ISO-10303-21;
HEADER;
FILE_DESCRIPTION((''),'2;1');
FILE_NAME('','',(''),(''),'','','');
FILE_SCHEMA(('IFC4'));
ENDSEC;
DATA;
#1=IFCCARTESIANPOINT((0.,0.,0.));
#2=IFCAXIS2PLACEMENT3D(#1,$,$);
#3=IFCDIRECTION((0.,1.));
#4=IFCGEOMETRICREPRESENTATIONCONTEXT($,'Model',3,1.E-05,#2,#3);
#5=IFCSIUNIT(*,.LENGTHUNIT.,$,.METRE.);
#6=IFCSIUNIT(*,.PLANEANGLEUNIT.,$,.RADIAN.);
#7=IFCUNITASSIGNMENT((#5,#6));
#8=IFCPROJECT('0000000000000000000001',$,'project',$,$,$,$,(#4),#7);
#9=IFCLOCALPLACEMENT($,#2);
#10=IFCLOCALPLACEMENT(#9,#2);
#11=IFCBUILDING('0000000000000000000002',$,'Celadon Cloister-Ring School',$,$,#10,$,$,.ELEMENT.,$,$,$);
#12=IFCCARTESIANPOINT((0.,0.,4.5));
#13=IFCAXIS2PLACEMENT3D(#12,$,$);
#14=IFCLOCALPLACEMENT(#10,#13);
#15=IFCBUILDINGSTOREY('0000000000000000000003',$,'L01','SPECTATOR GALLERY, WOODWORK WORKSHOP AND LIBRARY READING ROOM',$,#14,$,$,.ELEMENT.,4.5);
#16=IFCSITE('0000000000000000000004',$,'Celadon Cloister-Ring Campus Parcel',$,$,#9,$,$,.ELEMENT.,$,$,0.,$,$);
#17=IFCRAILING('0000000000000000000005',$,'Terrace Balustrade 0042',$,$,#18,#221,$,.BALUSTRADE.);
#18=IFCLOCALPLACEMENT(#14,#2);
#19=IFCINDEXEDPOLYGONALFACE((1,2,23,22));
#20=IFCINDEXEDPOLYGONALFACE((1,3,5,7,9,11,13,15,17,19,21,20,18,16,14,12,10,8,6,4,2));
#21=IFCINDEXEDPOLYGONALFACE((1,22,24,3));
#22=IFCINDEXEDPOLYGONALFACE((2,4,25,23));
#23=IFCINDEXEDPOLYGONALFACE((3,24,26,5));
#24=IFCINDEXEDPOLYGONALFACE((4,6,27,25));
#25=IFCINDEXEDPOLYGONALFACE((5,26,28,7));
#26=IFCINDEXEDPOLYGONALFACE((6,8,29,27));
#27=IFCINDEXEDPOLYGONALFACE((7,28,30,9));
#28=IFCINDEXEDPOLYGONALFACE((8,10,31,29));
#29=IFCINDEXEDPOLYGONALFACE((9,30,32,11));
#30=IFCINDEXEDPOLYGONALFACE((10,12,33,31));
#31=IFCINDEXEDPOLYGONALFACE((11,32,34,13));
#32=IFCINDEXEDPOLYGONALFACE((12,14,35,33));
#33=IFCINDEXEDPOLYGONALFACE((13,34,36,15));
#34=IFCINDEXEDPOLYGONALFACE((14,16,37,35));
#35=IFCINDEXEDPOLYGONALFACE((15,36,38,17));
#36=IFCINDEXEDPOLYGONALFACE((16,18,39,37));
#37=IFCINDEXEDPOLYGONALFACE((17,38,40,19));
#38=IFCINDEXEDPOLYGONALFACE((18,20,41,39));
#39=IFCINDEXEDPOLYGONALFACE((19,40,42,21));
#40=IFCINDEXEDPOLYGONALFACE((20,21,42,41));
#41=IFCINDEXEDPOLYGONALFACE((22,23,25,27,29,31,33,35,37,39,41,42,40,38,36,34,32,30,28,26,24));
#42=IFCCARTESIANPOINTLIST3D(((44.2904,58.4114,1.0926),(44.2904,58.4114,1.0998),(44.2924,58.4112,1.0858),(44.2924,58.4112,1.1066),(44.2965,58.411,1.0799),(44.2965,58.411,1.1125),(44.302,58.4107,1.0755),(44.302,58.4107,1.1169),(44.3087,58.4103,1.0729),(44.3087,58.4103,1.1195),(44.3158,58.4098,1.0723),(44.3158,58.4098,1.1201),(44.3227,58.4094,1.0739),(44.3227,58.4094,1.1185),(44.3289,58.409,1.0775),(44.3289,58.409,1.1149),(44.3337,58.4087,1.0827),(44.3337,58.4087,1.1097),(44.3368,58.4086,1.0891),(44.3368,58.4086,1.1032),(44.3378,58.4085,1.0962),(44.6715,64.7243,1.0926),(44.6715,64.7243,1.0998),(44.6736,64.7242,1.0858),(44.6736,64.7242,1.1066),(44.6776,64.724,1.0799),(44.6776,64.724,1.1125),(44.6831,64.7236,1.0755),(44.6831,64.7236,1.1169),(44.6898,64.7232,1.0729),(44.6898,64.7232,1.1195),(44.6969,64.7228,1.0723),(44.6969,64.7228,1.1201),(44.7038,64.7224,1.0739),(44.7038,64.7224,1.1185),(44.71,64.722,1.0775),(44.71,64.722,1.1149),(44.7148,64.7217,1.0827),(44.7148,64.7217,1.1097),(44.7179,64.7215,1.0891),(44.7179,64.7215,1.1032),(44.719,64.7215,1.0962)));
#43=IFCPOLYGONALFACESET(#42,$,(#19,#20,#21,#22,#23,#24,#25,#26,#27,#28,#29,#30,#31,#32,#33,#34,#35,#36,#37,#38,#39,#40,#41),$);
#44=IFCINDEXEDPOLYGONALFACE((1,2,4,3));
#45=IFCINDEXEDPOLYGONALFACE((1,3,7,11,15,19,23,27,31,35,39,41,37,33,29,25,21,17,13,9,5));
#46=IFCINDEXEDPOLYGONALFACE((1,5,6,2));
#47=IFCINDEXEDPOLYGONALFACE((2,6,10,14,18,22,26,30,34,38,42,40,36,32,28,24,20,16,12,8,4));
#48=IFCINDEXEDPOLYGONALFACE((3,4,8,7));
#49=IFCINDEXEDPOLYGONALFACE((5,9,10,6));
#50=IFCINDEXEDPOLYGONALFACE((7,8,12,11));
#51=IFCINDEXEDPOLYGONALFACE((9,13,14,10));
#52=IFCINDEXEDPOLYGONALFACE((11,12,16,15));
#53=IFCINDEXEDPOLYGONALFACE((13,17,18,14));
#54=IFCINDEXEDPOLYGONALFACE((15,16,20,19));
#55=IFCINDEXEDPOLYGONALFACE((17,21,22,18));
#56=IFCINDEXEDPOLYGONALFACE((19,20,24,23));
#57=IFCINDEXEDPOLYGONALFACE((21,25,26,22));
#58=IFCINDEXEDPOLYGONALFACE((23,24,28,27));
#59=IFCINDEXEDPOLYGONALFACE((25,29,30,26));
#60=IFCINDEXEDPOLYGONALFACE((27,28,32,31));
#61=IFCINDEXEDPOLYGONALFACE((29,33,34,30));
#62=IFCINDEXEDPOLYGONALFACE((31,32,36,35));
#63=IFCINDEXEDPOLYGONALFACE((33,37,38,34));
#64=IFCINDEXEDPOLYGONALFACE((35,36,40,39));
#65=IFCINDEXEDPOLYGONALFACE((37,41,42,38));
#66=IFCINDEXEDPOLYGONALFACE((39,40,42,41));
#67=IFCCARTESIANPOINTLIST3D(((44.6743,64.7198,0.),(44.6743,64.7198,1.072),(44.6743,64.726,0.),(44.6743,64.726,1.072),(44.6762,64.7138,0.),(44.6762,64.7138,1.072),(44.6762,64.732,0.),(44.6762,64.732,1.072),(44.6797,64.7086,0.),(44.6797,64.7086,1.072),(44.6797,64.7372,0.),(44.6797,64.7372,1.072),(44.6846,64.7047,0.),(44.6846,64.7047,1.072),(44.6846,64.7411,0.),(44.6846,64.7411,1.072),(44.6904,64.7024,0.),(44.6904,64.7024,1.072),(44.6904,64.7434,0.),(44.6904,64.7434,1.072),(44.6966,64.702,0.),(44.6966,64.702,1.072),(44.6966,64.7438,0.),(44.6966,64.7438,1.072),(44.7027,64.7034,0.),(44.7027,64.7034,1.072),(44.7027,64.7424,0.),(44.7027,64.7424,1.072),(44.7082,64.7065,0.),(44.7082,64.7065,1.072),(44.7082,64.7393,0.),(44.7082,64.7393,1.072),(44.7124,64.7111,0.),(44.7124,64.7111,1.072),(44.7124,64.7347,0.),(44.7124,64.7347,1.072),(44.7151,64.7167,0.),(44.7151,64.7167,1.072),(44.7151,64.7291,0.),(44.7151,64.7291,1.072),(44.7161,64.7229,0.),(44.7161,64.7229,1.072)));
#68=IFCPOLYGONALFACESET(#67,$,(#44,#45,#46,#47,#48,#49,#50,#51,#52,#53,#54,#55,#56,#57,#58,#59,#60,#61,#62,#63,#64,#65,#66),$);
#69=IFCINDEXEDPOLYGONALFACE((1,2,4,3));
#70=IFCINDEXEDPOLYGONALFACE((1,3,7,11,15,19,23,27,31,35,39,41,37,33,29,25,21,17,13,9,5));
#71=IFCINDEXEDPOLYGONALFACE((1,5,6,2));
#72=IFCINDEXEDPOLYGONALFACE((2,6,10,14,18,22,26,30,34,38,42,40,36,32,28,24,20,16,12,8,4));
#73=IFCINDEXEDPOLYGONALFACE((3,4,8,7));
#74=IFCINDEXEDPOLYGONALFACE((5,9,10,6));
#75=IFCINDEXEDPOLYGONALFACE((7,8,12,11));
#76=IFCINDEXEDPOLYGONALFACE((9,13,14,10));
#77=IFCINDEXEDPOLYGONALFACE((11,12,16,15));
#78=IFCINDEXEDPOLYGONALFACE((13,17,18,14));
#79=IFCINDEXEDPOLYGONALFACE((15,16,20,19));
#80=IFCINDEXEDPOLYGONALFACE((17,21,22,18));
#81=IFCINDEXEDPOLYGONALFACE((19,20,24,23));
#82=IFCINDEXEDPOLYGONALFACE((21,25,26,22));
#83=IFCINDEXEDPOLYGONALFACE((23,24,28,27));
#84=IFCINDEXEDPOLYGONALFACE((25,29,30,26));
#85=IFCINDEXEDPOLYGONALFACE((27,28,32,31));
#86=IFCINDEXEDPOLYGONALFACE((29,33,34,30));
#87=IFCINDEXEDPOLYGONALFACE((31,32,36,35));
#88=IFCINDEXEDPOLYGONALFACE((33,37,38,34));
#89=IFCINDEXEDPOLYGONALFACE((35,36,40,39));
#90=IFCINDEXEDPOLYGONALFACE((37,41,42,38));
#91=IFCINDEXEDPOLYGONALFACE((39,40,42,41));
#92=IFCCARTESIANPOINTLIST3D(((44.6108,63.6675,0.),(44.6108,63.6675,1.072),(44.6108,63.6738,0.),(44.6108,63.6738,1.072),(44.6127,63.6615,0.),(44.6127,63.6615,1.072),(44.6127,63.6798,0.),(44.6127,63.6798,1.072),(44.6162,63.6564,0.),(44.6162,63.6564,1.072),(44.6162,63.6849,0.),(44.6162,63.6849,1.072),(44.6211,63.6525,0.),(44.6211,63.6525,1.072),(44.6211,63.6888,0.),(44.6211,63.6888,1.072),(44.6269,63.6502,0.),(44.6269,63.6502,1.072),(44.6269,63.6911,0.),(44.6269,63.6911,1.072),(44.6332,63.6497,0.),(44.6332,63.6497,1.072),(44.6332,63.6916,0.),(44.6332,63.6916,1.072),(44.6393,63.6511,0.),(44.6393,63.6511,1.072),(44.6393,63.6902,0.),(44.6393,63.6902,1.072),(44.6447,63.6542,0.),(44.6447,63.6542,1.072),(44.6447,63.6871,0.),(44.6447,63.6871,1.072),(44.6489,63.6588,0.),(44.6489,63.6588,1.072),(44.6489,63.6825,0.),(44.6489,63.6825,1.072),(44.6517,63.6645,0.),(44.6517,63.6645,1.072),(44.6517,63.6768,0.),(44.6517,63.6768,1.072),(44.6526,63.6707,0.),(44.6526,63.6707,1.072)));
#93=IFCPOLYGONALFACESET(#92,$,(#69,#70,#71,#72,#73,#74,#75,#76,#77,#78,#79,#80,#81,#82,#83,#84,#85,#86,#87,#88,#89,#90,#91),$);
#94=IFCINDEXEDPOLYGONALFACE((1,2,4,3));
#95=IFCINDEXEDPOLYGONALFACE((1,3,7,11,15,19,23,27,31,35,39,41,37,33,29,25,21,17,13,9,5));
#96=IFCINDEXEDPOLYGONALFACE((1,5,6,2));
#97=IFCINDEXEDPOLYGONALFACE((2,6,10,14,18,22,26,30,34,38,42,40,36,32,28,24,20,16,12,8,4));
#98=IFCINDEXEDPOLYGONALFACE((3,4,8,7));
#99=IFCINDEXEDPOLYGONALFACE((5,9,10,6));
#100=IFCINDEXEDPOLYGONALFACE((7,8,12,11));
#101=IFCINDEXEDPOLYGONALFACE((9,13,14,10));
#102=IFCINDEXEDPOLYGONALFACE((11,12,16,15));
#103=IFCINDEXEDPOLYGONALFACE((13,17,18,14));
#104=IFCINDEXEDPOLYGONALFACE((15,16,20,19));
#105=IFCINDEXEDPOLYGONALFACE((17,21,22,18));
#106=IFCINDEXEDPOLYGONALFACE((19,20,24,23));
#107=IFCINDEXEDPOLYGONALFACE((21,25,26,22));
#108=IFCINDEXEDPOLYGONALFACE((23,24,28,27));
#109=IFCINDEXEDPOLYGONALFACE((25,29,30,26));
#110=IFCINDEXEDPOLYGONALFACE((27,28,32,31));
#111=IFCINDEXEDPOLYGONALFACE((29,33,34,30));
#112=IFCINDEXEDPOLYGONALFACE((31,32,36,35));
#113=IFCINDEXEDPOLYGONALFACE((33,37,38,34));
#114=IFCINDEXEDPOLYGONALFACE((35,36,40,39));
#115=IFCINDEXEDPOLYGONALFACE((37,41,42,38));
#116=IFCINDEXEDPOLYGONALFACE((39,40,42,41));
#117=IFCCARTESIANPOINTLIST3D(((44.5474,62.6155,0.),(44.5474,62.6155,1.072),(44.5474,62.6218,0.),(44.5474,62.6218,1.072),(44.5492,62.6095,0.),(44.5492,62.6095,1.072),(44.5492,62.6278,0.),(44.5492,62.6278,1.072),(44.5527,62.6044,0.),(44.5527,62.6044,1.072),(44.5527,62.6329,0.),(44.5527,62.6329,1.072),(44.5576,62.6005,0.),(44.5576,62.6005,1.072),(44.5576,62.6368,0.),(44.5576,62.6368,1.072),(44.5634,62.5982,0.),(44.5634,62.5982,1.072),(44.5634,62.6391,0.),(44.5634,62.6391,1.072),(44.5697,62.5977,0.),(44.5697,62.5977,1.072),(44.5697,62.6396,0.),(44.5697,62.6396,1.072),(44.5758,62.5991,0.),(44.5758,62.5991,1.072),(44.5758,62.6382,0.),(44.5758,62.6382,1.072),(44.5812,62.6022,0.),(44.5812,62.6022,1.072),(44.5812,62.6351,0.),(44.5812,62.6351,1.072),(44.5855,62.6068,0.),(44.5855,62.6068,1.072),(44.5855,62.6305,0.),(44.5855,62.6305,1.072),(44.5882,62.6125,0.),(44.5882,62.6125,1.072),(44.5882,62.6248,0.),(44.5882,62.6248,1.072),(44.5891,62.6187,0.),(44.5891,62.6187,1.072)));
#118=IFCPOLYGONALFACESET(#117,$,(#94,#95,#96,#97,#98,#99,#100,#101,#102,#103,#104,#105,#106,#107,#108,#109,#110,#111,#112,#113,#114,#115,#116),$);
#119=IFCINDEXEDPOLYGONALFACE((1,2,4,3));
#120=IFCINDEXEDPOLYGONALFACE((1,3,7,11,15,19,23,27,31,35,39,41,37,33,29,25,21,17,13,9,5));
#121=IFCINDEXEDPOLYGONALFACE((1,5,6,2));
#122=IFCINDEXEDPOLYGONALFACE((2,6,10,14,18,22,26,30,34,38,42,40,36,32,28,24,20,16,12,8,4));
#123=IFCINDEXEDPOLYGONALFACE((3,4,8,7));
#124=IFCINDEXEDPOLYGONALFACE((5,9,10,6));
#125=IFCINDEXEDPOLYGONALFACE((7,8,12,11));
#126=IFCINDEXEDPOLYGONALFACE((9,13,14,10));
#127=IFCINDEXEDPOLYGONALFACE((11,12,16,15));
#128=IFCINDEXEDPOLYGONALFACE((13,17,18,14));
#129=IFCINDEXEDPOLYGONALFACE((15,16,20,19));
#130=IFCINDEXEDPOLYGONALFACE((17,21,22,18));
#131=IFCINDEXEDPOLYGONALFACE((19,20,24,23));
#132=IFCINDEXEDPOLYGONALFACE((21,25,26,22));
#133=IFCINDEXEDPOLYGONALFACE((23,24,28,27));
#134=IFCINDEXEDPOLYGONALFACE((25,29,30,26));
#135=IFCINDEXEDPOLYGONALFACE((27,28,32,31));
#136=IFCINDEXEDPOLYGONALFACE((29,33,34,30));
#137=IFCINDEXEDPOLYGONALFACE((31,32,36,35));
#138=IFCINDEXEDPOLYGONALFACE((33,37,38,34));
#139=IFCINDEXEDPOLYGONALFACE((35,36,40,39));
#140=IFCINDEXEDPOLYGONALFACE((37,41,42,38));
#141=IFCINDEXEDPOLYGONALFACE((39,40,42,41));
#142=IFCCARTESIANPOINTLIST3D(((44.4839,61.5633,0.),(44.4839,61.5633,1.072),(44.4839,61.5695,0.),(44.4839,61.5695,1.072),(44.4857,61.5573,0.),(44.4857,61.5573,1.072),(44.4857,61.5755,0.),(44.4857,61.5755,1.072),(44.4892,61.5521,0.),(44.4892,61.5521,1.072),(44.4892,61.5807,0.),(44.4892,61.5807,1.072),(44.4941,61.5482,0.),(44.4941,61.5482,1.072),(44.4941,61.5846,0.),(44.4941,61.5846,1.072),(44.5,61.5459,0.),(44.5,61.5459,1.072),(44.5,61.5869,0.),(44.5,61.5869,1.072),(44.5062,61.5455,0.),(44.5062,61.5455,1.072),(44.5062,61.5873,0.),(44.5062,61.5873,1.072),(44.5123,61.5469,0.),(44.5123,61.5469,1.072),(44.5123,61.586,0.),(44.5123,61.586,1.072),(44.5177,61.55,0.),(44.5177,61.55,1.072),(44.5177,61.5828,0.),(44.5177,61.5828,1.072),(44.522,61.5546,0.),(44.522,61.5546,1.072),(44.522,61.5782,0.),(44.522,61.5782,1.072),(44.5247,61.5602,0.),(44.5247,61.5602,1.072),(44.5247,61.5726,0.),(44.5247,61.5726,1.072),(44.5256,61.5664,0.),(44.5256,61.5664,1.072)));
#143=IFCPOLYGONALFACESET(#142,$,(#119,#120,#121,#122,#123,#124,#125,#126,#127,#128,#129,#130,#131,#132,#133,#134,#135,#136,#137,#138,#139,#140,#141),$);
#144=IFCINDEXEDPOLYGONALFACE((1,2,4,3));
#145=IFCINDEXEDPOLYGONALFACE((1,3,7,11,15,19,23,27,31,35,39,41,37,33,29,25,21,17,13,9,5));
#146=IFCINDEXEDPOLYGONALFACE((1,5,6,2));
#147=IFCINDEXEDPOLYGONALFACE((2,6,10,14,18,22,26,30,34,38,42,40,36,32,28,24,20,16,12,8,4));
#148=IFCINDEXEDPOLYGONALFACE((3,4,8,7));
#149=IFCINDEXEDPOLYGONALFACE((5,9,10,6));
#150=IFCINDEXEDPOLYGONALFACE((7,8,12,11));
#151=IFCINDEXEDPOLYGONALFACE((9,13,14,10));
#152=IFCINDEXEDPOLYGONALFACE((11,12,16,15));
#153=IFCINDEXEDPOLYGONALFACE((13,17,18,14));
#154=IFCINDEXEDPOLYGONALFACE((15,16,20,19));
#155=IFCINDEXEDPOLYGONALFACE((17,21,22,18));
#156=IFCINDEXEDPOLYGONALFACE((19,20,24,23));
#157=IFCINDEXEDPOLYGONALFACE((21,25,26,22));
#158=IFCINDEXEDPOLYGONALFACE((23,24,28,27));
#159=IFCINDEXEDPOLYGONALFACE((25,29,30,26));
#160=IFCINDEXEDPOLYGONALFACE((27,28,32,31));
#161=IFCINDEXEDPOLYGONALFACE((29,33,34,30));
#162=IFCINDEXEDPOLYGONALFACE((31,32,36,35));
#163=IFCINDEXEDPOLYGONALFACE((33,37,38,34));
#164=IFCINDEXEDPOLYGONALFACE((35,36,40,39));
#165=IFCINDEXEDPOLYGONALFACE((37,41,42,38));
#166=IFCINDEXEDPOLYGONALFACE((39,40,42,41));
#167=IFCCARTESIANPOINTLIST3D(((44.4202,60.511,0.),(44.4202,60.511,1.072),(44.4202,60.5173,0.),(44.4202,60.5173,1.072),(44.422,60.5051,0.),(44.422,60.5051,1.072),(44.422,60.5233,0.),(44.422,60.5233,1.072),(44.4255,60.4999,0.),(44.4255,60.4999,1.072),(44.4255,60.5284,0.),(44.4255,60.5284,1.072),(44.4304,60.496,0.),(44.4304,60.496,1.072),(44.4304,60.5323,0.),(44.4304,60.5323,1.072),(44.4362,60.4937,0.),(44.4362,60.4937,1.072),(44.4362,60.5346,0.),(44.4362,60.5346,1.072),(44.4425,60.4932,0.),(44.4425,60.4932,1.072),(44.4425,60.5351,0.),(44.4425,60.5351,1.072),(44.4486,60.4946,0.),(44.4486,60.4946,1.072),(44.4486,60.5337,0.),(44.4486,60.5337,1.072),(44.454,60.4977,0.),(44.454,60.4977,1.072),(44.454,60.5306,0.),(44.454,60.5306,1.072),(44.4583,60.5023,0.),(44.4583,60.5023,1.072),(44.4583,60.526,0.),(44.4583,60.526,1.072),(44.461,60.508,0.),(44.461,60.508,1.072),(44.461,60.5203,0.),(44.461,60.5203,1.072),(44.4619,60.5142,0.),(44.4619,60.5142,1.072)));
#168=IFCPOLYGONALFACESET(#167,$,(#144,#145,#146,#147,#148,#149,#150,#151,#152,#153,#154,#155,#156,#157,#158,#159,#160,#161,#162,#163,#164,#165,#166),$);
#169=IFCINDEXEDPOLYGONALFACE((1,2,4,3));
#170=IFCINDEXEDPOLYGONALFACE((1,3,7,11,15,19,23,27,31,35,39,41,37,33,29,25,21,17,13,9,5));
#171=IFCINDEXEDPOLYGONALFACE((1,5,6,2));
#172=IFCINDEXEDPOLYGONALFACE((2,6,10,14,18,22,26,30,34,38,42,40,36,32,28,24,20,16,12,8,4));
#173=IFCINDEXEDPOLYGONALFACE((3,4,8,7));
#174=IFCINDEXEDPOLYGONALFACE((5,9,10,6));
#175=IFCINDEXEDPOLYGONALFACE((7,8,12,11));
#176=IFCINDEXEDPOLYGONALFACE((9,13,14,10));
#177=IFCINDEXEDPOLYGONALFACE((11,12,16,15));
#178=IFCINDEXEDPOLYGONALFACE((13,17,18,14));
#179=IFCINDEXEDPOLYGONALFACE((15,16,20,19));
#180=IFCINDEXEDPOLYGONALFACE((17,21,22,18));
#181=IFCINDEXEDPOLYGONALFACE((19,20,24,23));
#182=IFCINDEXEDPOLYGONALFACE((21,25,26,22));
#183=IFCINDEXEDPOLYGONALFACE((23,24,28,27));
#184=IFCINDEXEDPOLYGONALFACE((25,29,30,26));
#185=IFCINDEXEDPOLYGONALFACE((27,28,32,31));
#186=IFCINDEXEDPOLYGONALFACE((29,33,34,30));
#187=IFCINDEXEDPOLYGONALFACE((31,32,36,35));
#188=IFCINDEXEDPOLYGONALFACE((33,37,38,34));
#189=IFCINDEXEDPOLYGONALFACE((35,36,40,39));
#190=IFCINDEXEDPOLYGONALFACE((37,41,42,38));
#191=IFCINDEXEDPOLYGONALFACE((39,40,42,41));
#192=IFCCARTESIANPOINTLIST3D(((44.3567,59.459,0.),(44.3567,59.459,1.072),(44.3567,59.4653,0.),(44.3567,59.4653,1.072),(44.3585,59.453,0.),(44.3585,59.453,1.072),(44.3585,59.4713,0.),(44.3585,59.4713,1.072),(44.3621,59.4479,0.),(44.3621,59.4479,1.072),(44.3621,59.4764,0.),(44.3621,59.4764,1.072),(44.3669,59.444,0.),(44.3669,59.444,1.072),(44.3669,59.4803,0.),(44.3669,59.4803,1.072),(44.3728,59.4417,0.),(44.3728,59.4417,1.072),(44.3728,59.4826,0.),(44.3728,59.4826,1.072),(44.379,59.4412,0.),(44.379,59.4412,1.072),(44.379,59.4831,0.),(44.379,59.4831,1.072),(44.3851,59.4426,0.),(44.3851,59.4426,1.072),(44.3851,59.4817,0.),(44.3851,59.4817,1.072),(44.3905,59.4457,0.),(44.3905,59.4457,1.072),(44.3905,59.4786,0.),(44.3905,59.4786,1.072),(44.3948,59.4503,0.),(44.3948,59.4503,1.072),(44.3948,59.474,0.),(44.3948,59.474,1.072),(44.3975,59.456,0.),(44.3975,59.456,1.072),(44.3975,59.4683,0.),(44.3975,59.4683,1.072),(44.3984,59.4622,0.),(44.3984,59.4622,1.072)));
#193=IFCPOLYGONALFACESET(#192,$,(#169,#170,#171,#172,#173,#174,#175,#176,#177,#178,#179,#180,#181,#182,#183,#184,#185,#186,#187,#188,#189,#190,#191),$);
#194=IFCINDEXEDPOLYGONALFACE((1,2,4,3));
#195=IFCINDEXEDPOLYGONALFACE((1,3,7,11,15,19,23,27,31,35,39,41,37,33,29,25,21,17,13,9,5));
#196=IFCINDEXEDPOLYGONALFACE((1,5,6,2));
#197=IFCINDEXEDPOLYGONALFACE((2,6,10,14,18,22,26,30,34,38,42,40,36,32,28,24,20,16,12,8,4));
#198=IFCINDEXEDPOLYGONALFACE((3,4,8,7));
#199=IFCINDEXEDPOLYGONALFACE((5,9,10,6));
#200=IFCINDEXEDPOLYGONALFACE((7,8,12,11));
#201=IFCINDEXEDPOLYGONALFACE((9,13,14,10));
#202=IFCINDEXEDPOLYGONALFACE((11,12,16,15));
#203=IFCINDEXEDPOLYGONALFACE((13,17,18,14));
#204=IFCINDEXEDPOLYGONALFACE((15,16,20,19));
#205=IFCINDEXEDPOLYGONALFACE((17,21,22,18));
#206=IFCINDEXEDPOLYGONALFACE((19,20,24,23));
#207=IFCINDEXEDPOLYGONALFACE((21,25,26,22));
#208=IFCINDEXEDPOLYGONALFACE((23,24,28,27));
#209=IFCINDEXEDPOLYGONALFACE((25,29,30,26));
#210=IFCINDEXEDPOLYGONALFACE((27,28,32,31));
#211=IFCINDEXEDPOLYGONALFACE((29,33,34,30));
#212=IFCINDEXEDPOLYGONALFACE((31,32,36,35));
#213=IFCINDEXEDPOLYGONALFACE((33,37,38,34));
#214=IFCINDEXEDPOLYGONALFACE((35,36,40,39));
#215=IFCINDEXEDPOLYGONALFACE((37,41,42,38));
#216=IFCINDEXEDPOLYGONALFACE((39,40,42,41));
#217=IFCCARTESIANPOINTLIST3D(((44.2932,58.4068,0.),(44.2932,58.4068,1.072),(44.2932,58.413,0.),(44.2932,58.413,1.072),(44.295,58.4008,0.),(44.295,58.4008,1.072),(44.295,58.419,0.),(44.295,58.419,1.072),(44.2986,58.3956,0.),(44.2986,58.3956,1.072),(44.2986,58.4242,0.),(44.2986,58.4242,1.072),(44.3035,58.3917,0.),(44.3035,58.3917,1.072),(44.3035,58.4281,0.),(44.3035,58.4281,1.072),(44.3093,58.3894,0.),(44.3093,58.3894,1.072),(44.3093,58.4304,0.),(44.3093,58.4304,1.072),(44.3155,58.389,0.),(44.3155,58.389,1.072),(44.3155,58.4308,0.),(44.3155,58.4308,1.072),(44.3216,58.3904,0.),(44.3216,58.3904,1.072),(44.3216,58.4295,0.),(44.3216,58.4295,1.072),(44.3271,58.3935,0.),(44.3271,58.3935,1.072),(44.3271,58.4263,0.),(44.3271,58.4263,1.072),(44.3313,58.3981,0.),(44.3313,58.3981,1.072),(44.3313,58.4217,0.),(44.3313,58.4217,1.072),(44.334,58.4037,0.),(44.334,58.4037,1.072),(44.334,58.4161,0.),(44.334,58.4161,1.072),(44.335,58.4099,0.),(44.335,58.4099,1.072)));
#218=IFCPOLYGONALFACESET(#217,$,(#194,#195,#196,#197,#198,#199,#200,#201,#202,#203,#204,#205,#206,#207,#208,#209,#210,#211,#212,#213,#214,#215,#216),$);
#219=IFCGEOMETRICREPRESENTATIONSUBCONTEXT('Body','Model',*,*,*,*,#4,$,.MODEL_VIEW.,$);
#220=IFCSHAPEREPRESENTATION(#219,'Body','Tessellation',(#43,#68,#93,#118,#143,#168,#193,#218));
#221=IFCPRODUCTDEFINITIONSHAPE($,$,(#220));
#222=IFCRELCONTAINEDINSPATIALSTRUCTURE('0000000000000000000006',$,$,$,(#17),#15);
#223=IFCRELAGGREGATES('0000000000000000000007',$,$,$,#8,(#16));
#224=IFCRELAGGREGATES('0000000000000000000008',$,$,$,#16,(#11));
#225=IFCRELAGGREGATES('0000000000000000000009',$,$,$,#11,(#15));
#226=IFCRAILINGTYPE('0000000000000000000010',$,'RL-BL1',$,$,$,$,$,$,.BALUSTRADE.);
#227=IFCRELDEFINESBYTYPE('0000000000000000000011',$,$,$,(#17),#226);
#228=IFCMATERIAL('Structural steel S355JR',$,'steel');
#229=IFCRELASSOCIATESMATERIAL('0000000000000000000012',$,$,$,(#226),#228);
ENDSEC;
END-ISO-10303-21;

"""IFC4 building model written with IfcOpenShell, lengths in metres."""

from ifc_helpers import new_model, si_unit, direction, frame, origin, origin_2d, place, context, subcontext, project, spatial, circle, extrude, material, type_object, element, save


model = new_model("IFC4")

# Units and contexts
model_context = context("Model", 3, precision=1e-05, world=origin(), true_north=direction((0.0, 1.0)))
body_context = subcontext(model_context, "Body", "Model", "MODEL_VIEW")
ifc_project = project(units=[si_unit("LENGTHUNIT", "METRE"), si_unit("PLANEANGLEUNIT", "RADIAN")], contexts=[model_context])

# Site, building, storey
site_placement = place(None, origin())
site = spatial("IfcSite", under=ifc_project, at=site_placement, Name="Celadon Cloister-Ring Campus Parcel", CompositionType="ELEMENT", RefElevation=0.0)
building_placement = place(site_placement, origin())
building = spatial("IfcBuilding", under=site, at=building_placement, Name="Celadon Cloister-Ring School", CompositionType="ELEMENT")
storey_placement = place(building_placement, frame((0.0, 0.0, 4.5)))
storey = spatial("IfcBuildingStorey", under=building, at=storey_placement, Name="L01", Description="SPECTATOR GALLERY, WOODWORK WORKSHOP AND LIBRARY READING ROOM", CompositionType="ELEMENT", Elevation=4.5)

# Railing
ifc_material_1 = material(Name="Structural steel S355JR", Category="steel")
railing_type = type_object("IfcRailingType", Name="RL-BL1", PredefinedType="BALUSTRADE", material=ifc_material_1)
railing_1_placement = place(storey_placement, frame((44.6951, 64.7229, 0.0)))
element("IfcRailing", 1, at=railing_1_placement, inside=storey, type_object=railing_type, Name="Terrace Balustrade 0042", PredefinedType="BALUSTRADE", context=body_context, shape_type="SweptSolid", body=[
    extrude(circle(Radius=0.0239, at=origin_2d()), frame((0.0, 0.0, 1.0962), z_axis=(-0.060258, -0.998183, 0.0), x_axis=(0.998183, -0.060258, 0.0)), (0.0, 0.0, 1.0), 6.3245),
    extrude(circle(Radius=0.021, at=origin_2d()), origin(), (0.0, 0.0, 1.0), 1.072),
    extrude(circle(Radius=0.021, at=origin_2d()), frame((-0.0635, -1.0522, 0.0)), (0.0, 0.0, 1.0), 1.072),
    extrude(circle(Radius=0.021, at=origin_2d()), frame((-0.127, -2.1042, 0.0)), (0.0, 0.0, 1.0), 1.072),
    extrude(circle(Radius=0.021, at=origin_2d()), frame((-0.1904, -3.1565, 0.0)), (0.0, 0.0, 1.0), 1.072),
    extrude(circle(Radius=0.021, at=origin_2d()), frame((-0.2542, -4.2087, 0.0)), (0.0, 0.0, 1.0), 1.072),
    extrude(circle(Radius=0.021, at=origin_2d()), frame((-0.3176, -5.2607, 0.0)), (0.0, 0.0, 1.0), 1.072),
    extrude(circle(Radius=0.021, at=origin_2d()), frame((-0.3811, -6.313, 0.0)), (0.0, 0.0, 1.0), 1.072),
])

save(model, "model.ifc")
